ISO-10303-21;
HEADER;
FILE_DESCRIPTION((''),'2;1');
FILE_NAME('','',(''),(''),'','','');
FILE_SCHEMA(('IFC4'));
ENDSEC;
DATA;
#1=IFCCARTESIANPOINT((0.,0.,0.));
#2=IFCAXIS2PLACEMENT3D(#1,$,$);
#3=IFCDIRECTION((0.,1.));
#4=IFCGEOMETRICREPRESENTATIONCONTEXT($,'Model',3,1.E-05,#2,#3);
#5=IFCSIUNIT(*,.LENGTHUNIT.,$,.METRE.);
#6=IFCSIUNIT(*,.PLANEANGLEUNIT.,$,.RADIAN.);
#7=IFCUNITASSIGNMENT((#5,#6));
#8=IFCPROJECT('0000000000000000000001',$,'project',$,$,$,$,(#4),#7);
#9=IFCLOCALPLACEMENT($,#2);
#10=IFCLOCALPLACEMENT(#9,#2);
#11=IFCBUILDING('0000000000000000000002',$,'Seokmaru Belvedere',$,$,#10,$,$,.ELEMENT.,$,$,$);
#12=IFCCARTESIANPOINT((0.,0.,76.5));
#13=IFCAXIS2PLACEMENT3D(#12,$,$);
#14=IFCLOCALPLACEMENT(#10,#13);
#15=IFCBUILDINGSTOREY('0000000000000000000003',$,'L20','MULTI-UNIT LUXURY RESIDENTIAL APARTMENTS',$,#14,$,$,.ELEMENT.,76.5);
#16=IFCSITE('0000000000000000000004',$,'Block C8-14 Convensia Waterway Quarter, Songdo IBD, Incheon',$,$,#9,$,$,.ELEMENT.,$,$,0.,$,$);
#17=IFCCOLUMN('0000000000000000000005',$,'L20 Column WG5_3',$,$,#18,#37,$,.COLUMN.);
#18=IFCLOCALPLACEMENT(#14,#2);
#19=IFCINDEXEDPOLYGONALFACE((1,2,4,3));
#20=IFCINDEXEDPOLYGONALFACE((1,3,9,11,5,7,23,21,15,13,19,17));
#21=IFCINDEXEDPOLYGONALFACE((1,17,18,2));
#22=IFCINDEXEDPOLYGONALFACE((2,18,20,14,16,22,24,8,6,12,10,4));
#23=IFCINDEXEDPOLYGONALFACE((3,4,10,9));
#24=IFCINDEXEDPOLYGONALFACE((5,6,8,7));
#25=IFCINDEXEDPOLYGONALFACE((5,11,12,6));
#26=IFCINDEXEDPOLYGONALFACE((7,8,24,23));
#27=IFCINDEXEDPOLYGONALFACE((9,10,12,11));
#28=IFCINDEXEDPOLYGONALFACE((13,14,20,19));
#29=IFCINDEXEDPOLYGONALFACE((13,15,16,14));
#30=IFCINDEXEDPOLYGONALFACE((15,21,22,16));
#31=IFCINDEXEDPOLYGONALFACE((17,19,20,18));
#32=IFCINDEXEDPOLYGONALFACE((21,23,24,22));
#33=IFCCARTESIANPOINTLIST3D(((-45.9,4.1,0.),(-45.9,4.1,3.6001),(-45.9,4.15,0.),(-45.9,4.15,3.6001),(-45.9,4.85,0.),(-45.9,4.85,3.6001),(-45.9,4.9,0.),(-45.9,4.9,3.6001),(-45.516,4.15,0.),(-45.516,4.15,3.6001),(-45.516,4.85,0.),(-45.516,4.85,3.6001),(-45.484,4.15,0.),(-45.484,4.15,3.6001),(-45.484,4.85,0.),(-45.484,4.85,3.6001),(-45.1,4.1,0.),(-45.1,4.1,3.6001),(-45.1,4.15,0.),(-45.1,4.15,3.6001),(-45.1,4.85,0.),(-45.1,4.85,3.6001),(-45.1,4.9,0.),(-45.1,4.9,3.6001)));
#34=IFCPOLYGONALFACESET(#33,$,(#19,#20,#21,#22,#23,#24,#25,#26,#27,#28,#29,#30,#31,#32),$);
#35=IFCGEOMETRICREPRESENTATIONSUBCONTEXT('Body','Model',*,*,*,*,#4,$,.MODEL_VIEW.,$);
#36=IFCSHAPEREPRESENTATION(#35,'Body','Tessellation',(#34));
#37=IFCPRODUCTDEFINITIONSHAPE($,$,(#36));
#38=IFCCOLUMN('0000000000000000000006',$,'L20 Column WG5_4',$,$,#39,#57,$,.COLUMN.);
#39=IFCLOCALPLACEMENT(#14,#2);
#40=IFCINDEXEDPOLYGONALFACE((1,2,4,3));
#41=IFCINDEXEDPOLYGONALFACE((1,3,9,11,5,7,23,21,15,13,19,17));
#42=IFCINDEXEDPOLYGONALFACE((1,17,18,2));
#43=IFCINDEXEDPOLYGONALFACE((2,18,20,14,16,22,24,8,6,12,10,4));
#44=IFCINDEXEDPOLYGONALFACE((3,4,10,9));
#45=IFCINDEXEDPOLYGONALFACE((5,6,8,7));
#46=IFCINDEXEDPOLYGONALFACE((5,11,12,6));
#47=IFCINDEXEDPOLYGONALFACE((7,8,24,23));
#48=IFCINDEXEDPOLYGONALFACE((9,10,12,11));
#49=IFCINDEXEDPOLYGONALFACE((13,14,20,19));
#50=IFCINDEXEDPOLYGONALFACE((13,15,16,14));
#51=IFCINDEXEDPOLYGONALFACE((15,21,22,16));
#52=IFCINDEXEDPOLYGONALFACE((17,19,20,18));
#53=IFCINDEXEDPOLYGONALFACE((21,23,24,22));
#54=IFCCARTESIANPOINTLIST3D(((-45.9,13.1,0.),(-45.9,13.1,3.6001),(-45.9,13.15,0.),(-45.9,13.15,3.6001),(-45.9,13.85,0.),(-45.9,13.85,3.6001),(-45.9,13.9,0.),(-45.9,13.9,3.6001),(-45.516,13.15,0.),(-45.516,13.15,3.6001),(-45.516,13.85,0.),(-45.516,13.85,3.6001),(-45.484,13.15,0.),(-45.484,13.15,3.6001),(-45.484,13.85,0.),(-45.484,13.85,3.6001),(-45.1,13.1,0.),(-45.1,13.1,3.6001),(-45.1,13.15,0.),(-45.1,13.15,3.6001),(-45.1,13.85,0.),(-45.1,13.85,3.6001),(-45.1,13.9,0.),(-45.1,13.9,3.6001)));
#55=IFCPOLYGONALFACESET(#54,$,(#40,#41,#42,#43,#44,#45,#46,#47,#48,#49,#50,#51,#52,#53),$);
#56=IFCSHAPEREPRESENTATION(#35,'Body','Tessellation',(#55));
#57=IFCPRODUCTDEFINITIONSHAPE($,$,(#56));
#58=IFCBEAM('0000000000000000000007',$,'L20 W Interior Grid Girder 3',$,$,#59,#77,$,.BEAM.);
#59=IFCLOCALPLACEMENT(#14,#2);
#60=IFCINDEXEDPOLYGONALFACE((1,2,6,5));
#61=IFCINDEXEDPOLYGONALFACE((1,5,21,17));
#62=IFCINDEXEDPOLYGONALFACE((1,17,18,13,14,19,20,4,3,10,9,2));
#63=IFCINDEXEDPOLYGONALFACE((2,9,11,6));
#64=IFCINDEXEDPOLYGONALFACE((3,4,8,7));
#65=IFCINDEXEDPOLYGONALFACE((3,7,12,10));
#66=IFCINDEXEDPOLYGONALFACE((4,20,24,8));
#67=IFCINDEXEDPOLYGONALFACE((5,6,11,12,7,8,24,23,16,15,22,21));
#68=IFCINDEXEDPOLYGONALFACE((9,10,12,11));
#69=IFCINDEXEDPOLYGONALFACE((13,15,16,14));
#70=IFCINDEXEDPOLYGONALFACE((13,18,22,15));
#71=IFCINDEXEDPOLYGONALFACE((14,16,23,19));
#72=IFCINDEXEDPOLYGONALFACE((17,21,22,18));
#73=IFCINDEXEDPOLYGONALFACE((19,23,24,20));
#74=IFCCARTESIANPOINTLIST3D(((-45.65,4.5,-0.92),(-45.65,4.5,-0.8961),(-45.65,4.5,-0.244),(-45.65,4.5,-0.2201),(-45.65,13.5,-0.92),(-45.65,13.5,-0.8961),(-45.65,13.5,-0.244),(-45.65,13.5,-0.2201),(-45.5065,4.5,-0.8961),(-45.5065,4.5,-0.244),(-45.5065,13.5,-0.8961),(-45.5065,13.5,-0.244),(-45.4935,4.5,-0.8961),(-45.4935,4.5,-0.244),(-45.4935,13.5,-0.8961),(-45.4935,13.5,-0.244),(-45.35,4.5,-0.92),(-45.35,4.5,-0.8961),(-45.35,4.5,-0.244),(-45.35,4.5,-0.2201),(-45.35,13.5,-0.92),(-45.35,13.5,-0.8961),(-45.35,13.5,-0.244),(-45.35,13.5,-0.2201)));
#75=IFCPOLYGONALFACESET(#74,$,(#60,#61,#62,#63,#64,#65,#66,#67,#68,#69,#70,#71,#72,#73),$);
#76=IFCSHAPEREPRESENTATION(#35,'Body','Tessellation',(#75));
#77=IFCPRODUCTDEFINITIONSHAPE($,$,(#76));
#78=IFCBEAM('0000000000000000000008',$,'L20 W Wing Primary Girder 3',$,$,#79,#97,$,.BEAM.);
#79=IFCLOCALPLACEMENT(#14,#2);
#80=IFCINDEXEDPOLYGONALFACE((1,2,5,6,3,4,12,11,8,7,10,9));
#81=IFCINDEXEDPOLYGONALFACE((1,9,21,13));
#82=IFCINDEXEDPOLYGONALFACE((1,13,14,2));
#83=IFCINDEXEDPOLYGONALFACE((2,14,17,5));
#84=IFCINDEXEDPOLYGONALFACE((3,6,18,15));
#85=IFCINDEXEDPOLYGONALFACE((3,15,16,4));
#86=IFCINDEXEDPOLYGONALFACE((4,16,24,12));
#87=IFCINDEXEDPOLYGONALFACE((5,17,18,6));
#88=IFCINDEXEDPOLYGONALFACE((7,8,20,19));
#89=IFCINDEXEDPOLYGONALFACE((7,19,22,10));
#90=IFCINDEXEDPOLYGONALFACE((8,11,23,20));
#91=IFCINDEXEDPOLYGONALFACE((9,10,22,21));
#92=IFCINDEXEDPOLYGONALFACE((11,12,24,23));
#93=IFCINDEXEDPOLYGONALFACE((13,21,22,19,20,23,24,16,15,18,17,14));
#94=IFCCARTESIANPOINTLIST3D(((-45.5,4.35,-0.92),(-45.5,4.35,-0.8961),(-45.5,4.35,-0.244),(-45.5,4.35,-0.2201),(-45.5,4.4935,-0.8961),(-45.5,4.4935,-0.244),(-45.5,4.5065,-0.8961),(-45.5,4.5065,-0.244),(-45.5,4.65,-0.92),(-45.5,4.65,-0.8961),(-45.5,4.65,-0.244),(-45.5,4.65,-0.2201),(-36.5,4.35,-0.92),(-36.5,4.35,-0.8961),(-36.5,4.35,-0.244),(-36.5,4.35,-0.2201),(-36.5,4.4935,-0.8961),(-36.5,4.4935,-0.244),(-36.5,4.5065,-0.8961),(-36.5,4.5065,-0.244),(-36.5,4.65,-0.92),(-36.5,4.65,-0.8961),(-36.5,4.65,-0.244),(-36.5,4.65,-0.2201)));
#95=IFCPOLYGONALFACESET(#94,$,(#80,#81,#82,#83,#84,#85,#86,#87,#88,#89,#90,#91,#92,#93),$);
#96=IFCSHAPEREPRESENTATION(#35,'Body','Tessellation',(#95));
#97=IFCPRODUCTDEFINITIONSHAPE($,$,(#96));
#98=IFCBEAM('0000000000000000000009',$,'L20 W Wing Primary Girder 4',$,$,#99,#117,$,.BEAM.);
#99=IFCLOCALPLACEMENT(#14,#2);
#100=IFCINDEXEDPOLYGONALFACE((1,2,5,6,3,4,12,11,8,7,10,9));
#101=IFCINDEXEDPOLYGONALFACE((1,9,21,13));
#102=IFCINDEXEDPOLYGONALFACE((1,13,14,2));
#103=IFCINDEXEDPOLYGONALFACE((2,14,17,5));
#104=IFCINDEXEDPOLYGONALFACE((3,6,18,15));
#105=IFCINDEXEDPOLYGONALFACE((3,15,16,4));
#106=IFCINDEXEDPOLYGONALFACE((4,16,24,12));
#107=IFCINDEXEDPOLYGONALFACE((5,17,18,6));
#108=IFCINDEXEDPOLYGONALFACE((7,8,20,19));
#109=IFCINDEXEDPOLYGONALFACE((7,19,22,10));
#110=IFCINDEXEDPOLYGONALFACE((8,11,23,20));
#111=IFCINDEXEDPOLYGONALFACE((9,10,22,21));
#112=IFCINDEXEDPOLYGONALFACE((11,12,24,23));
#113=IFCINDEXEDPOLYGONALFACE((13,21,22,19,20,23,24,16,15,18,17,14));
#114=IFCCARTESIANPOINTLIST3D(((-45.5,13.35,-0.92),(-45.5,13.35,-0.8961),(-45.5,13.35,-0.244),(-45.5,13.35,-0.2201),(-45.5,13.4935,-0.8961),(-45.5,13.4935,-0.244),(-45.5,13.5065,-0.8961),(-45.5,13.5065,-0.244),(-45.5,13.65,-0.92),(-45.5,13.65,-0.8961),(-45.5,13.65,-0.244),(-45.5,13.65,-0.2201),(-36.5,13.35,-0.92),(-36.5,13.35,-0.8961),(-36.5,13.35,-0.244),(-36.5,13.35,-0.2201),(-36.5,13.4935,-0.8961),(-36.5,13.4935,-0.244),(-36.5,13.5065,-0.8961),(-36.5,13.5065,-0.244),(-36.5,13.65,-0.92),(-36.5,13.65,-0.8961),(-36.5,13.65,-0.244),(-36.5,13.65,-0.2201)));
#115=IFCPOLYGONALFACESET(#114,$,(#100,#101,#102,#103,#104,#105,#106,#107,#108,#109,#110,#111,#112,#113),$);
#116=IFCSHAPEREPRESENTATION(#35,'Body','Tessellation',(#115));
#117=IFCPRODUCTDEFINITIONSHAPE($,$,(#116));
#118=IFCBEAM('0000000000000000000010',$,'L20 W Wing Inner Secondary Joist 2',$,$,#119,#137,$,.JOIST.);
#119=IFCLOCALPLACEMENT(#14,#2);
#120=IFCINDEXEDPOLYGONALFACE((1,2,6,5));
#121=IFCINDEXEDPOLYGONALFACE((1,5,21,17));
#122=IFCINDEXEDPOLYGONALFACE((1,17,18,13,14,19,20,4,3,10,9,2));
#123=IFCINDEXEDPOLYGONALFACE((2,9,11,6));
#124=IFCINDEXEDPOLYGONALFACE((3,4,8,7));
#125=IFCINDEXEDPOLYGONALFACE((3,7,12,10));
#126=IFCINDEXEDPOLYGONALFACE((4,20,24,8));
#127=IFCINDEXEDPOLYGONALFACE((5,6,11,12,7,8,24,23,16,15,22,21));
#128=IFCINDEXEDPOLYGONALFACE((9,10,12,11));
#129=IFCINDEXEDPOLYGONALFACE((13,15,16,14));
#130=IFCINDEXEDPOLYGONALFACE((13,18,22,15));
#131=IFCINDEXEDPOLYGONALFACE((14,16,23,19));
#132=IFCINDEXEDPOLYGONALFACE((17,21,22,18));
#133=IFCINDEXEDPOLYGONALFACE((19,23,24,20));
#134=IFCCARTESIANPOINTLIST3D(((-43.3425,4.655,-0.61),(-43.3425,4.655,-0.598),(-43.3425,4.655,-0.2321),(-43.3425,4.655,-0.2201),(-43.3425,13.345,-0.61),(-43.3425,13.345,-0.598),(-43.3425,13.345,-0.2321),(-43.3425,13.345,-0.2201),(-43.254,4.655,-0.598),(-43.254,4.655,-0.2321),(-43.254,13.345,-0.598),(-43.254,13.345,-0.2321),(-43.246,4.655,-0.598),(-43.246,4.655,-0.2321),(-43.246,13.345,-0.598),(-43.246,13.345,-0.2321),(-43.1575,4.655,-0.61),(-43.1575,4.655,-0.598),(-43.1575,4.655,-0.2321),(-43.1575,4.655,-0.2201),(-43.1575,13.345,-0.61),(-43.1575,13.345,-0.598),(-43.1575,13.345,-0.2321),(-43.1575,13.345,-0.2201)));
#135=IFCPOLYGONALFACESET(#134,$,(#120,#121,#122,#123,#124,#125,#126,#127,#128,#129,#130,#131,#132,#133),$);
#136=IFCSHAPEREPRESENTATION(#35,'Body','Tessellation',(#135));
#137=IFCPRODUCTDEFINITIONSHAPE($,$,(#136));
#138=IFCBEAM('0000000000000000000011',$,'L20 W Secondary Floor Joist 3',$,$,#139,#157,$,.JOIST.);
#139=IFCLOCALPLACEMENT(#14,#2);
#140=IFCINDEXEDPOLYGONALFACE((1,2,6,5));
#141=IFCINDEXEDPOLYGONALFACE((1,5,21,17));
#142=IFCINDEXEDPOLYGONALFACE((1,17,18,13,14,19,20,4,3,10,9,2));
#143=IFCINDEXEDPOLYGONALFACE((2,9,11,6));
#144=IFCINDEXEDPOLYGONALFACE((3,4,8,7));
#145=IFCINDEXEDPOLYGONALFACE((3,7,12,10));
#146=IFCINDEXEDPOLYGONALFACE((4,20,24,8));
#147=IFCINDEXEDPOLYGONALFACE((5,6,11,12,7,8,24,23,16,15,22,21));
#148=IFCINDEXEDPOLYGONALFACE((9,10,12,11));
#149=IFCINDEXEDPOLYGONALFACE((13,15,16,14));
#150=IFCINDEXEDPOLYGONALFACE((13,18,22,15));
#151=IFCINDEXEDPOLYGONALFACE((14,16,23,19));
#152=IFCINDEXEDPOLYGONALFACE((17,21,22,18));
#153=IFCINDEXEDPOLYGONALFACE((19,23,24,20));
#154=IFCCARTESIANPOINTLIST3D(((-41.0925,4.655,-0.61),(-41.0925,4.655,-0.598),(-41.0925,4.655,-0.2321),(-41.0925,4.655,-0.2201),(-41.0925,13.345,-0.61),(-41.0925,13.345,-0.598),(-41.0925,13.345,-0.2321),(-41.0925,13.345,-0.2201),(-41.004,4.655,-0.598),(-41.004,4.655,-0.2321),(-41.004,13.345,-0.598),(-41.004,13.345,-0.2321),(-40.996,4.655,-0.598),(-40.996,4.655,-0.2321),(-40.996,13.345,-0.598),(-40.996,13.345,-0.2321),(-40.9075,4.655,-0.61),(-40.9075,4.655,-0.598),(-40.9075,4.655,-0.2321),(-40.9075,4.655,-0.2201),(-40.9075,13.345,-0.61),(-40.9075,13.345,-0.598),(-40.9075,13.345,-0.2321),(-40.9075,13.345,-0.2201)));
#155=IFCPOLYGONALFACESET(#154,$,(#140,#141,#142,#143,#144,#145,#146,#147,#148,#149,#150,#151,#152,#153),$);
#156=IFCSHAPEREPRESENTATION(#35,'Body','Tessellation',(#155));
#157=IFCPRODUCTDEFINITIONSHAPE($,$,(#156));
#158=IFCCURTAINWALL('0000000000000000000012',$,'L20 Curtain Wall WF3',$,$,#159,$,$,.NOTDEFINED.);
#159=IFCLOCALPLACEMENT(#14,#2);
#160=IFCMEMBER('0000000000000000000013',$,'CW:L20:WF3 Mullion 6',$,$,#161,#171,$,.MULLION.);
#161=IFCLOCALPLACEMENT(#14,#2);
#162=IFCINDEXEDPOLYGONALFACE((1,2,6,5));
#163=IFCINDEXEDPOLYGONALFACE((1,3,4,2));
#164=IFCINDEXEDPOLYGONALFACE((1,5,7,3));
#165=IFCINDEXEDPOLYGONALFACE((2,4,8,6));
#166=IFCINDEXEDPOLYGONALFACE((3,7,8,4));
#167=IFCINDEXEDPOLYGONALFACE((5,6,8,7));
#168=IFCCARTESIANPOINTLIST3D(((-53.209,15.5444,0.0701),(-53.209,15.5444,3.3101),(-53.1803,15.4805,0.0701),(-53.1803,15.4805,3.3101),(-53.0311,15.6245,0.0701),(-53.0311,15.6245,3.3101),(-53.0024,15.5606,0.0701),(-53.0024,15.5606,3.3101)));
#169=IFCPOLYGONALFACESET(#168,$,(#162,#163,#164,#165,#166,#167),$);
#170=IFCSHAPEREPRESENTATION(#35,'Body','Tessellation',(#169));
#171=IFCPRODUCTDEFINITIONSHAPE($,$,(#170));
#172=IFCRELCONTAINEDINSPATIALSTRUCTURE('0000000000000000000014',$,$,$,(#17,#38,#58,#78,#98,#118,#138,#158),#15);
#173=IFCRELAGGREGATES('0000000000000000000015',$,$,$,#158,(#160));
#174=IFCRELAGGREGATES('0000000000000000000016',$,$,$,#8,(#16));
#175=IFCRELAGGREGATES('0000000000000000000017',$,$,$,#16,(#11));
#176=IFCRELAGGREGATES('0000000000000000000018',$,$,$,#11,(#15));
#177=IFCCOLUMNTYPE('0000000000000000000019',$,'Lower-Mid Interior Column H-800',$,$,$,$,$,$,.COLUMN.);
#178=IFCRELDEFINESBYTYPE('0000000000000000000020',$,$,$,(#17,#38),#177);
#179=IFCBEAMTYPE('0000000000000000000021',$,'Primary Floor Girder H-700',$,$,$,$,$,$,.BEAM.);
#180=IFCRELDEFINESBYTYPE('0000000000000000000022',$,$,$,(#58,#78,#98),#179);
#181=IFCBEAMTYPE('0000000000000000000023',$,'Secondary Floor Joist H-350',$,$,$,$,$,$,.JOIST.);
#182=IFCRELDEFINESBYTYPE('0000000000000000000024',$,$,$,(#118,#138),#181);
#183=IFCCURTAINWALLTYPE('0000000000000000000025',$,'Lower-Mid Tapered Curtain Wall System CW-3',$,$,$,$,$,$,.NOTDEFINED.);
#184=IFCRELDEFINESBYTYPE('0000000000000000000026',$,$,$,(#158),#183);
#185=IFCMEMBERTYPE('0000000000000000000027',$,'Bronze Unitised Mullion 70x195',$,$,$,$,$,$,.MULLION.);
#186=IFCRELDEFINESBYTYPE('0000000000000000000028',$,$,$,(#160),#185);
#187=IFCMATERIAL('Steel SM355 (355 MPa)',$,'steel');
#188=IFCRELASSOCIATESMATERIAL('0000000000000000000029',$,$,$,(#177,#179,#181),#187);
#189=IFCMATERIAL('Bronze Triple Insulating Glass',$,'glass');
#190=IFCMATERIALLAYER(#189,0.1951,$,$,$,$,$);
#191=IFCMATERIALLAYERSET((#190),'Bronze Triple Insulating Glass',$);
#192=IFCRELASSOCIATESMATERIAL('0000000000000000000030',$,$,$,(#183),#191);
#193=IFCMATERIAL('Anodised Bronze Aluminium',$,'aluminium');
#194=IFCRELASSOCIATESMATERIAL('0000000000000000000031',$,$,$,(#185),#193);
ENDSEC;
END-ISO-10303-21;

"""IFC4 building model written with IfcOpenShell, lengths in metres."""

from ifc_helpers import new_model, si_unit, direction, frame, origin, origin_2d, place, context, subcontext, project, spatial, rectangle, i_section, extrude, source, transform, mapped, material, layer, layer_set, material_profile, profile_set, type_object, type_shapes, element, aggregate, save


model = new_model("IFC4")

# Units and contexts
model_context = context("Model", 3, precision=1e-05, world=origin(), true_north=direction((0.0, 1.0)))
body_context = subcontext(model_context, "Body", "Model", "MODEL_VIEW")
ifc_project = project(units=[si_unit("LENGTHUNIT", "METRE"), si_unit("PLANEANGLEUNIT", "RADIAN")], contexts=[model_context])

# Site, building, storey
site_placement = place(None, origin())
site = spatial("IfcSite", under=ifc_project, at=site_placement, Name="Block C8-14 Convensia Waterway Quarter, Songdo IBD, Incheon", CompositionType="ELEMENT", RefElevation=0.0)
building_placement = place(site_placement, origin())
building = spatial("IfcBuilding", under=site, at=building_placement, Name="Seokmaru Belvedere", CompositionType="ELEMENT")
storey_placement = place(building_placement, frame((0.0, 0.0, 76.5)))
storey = spatial("IfcBuildingStorey", under=building, at=storey_placement, Name="L20", Description="MULTI-UNIT LUXURY RESIDENTIAL APARTMENTS", CompositionType="ELEMENT", Elevation=76.5)

# Columns
ifc_material_1 = material(Name="Steel SM355 (355 MPa)", Category="steel")
ifc_material_profile_1 = material_profile(ifc_material_1, i_section(OverallWidth=0.8, OverallDepth=0.8, WebThickness=0.032, FlangeThickness=0.05, at=origin_2d()), Name="H-800x800x32x50")
ifc_profile_set_1 = profile_set([ifc_material_profile_1], Name="Steel SM355 (355 MPa)")
column_type = type_object("IfcColumnType", Name="Lower-Mid Interior Column H-800", PredefinedType="COLUMN", material=ifc_profile_set_1)
shared_shape_1 = source(origin(), body_context, "Body", "SweptSolid", [
    extrude(i_section(OverallWidth=0.8, OverallDepth=0.8, WebThickness=0.032, FlangeThickness=0.05, at=origin_2d()), origin(), (0.0, 0.0, 1.0), 3.6001),
])
type_shapes(column_type, [shared_shape_1])
for number, where, z_axis, x_axis, name in (
    (1, (-45.5, 4.5, 0.0), (0.0, 0.0, 1.0), (1.0, 0.0, 0.0), "L20 Column WG5_3"),
    (2, (-45.5, 13.5, 0.0), (0.0, 0.0, 1.0), (1.0, 0.0, 0.0), "L20 Column WG5_4"),
):
    element("IfcColumn", number, at=place(storey_placement, frame(where, z_axis=z_axis, x_axis=x_axis)), inside=storey, type_object=column_type, Name=name, PredefinedType="COLUMN", context=body_context, shape_type="MappedRepresentation", body=[
        mapped(shared_shape_1, transform((0.0, 0.0, 0.0), scale=1.0)),
    ])

# Beams
ifc_material_profile_2 = material_profile(ifc_material_1, i_section(OverallWidth=0.3, OverallDepth=0.7, WebThickness=0.0129, FlangeThickness=0.0239, at=origin_2d()), Name="H-700x300x13x24")
ifc_profile_set_2 = profile_set([ifc_material_profile_2], Name="Steel SM355 (355 MPa)")
beam_type_1 = type_object("IfcBeamType", Name="Primary Floor Girder H-700", PredefinedType="BEAM", material=ifc_profile_set_2)
shared_shape_2 = source(origin(), body_context, "Body", "SweptSolid", [
    extrude(i_section(OverallWidth=0.3, OverallDepth=0.7, WebThickness=0.0129, FlangeThickness=0.0239, at=origin_2d()), origin(), (0.0, 0.0, 1.0), 9.0),
])
type_shapes(beam_type_1, [shared_shape_2])
for number, where, z_axis, x_axis, name in (
    (3, (-45.5, 4.5, -0.5701), (0.0, 1.0, 0.0), (-1.0, 0.0, 0.0), "L20 W Interior Grid Girder 3"),
    (4, (-45.5, 4.5, -0.5701), (1.0, 0.0, 0.0), (0.0, 1.0, 0.0), "L20 W Wing Primary Girder 3"),
    (5, (-45.5, 13.5, -0.5701), (1.0, 0.0, 0.0), (0.0, 1.0, 0.0), "L20 W Wing Primary Girder 4"),
):
    element("IfcBeam", number, at=place(storey_placement, frame(where, z_axis=z_axis, x_axis=x_axis)), inside=storey, type_object=beam_type_1, Name=name, PredefinedType="BEAM", context=body_context, shape_type="MappedRepresentation", body=[
        mapped(shared_shape_2, transform((0.0, 0.0, 0.0), scale=1.0)),
    ])
ifc_material_profile_3 = material_profile(ifc_material_1, i_section(OverallWidth=0.1851, OverallDepth=0.3899, WebThickness=0.0081, FlangeThickness=0.012, at=origin_2d()), Name="H-390x185x8x12")
ifc_profile_set_3 = profile_set([ifc_material_profile_3], Name="Steel SM355 (355 MPa)")
beam_type_2 = type_object("IfcBeamType", Name="Secondary Floor Joist H-350", PredefinedType="JOIST", material=ifc_profile_set_3)
shared_shape_3 = source(origin(), body_context, "Body", "SweptSolid", [
    extrude(i_section(OverallWidth=0.1851, OverallDepth=0.3899, WebThickness=0.0081, FlangeThickness=0.012, at=origin_2d()), origin(), (0.0, 0.0, 1.0), 8.6899),
])
type_shapes(beam_type_2, [shared_shape_3])
for number, where, z_axis, x_axis, name in (
    (6, (-43.25, 4.655, -0.415), (0.0, 1.0, 0.0), (-1.0, 0.0, 0.0), "L20 W Wing Inner Secondary Joist 2"),
    (7, (-41.0, 4.655, -0.415), (0.0, 1.0, 0.0), (-1.0, 0.0, 0.0), "L20 W Secondary Floor Joist 3"),
):
    element("IfcBeam", number, at=place(storey_placement, frame(where, z_axis=z_axis, x_axis=x_axis)), inside=storey, type_object=beam_type_2, Name=name, PredefinedType="JOIST", context=body_context, shape_type="MappedRepresentation", body=[
        mapped(shared_shape_3, transform((0.0, 0.0, 0.0), scale=1.0)),
    ])

# Curtain wall, member
ifc_material_2 = material(Name="Bronze Triple Insulating Glass", Category="glass")
ifc_layer_1 = layer(ifc_material_2, 0.1951)
ifc_layer_set_1 = layer_set([ifc_layer_1], Name="Bronze Triple Insulating Glass")
curtain_wall_type = type_object("IfcCurtainWallType", Name="Lower-Mid Tapered Curtain Wall System CW-3", PredefinedType="NOTDEFINED", material=ifc_layer_set_1)
curtain_wall_placement = place(storey_placement, origin())
curtain_wall = element("IfcCurtainWall", 8, at=curtain_wall_placement, inside=storey, type_object=curtain_wall_type, Name="L20 Curtain Wall WF3", PredefinedType="NOTDEFINED")
ifc_material_3 = material(Name="Anodised Bronze Aluminium", Category="aluminium")
ifc_material_profile_4 = material_profile(ifc_material_3, rectangle(XDim=0.0701, YDim=0.1951, at=origin_2d()), Name="CW-M-70x195")
ifc_profile_set_4 = profile_set([ifc_material_profile_4], Name="Anodised Bronze Aluminium")
member_type = type_object("IfcMemberType", Name="Bronze Unitised Mullion 70x195", PredefinedType="MULLION", material=ifc_profile_set_4)
shared_shape_4 = source(origin(), body_context, "Body", "SweptSolid", [
    extrude(rectangle(XDim=0.0701, YDim=0.1951, at=origin_2d()), origin(), (0.0, 0.0, 1.0), 3.24),
])
type_shapes(member_type, [shared_shape_4])
member_placement = place(storey_placement, frame((-53.1057, 15.5525, 0.0701), z_axis=(0.0, 0.0, 1.0), x_axis=(0.410366, -0.911921, 0.0)))
member = element("IfcMember", 9, at=member_placement, type_object=member_type, Name="CW:L20:WF3 Mullion 6", PredefinedType="MULLION", context=body_context, shape_type="MappedRepresentation", body=[
    mapped(shared_shape_4, transform((0.0, 0.0, 0.0), scale=1.0)),
])
aggregate(curtain_wall, [member])

save(model, "model.ifc")
